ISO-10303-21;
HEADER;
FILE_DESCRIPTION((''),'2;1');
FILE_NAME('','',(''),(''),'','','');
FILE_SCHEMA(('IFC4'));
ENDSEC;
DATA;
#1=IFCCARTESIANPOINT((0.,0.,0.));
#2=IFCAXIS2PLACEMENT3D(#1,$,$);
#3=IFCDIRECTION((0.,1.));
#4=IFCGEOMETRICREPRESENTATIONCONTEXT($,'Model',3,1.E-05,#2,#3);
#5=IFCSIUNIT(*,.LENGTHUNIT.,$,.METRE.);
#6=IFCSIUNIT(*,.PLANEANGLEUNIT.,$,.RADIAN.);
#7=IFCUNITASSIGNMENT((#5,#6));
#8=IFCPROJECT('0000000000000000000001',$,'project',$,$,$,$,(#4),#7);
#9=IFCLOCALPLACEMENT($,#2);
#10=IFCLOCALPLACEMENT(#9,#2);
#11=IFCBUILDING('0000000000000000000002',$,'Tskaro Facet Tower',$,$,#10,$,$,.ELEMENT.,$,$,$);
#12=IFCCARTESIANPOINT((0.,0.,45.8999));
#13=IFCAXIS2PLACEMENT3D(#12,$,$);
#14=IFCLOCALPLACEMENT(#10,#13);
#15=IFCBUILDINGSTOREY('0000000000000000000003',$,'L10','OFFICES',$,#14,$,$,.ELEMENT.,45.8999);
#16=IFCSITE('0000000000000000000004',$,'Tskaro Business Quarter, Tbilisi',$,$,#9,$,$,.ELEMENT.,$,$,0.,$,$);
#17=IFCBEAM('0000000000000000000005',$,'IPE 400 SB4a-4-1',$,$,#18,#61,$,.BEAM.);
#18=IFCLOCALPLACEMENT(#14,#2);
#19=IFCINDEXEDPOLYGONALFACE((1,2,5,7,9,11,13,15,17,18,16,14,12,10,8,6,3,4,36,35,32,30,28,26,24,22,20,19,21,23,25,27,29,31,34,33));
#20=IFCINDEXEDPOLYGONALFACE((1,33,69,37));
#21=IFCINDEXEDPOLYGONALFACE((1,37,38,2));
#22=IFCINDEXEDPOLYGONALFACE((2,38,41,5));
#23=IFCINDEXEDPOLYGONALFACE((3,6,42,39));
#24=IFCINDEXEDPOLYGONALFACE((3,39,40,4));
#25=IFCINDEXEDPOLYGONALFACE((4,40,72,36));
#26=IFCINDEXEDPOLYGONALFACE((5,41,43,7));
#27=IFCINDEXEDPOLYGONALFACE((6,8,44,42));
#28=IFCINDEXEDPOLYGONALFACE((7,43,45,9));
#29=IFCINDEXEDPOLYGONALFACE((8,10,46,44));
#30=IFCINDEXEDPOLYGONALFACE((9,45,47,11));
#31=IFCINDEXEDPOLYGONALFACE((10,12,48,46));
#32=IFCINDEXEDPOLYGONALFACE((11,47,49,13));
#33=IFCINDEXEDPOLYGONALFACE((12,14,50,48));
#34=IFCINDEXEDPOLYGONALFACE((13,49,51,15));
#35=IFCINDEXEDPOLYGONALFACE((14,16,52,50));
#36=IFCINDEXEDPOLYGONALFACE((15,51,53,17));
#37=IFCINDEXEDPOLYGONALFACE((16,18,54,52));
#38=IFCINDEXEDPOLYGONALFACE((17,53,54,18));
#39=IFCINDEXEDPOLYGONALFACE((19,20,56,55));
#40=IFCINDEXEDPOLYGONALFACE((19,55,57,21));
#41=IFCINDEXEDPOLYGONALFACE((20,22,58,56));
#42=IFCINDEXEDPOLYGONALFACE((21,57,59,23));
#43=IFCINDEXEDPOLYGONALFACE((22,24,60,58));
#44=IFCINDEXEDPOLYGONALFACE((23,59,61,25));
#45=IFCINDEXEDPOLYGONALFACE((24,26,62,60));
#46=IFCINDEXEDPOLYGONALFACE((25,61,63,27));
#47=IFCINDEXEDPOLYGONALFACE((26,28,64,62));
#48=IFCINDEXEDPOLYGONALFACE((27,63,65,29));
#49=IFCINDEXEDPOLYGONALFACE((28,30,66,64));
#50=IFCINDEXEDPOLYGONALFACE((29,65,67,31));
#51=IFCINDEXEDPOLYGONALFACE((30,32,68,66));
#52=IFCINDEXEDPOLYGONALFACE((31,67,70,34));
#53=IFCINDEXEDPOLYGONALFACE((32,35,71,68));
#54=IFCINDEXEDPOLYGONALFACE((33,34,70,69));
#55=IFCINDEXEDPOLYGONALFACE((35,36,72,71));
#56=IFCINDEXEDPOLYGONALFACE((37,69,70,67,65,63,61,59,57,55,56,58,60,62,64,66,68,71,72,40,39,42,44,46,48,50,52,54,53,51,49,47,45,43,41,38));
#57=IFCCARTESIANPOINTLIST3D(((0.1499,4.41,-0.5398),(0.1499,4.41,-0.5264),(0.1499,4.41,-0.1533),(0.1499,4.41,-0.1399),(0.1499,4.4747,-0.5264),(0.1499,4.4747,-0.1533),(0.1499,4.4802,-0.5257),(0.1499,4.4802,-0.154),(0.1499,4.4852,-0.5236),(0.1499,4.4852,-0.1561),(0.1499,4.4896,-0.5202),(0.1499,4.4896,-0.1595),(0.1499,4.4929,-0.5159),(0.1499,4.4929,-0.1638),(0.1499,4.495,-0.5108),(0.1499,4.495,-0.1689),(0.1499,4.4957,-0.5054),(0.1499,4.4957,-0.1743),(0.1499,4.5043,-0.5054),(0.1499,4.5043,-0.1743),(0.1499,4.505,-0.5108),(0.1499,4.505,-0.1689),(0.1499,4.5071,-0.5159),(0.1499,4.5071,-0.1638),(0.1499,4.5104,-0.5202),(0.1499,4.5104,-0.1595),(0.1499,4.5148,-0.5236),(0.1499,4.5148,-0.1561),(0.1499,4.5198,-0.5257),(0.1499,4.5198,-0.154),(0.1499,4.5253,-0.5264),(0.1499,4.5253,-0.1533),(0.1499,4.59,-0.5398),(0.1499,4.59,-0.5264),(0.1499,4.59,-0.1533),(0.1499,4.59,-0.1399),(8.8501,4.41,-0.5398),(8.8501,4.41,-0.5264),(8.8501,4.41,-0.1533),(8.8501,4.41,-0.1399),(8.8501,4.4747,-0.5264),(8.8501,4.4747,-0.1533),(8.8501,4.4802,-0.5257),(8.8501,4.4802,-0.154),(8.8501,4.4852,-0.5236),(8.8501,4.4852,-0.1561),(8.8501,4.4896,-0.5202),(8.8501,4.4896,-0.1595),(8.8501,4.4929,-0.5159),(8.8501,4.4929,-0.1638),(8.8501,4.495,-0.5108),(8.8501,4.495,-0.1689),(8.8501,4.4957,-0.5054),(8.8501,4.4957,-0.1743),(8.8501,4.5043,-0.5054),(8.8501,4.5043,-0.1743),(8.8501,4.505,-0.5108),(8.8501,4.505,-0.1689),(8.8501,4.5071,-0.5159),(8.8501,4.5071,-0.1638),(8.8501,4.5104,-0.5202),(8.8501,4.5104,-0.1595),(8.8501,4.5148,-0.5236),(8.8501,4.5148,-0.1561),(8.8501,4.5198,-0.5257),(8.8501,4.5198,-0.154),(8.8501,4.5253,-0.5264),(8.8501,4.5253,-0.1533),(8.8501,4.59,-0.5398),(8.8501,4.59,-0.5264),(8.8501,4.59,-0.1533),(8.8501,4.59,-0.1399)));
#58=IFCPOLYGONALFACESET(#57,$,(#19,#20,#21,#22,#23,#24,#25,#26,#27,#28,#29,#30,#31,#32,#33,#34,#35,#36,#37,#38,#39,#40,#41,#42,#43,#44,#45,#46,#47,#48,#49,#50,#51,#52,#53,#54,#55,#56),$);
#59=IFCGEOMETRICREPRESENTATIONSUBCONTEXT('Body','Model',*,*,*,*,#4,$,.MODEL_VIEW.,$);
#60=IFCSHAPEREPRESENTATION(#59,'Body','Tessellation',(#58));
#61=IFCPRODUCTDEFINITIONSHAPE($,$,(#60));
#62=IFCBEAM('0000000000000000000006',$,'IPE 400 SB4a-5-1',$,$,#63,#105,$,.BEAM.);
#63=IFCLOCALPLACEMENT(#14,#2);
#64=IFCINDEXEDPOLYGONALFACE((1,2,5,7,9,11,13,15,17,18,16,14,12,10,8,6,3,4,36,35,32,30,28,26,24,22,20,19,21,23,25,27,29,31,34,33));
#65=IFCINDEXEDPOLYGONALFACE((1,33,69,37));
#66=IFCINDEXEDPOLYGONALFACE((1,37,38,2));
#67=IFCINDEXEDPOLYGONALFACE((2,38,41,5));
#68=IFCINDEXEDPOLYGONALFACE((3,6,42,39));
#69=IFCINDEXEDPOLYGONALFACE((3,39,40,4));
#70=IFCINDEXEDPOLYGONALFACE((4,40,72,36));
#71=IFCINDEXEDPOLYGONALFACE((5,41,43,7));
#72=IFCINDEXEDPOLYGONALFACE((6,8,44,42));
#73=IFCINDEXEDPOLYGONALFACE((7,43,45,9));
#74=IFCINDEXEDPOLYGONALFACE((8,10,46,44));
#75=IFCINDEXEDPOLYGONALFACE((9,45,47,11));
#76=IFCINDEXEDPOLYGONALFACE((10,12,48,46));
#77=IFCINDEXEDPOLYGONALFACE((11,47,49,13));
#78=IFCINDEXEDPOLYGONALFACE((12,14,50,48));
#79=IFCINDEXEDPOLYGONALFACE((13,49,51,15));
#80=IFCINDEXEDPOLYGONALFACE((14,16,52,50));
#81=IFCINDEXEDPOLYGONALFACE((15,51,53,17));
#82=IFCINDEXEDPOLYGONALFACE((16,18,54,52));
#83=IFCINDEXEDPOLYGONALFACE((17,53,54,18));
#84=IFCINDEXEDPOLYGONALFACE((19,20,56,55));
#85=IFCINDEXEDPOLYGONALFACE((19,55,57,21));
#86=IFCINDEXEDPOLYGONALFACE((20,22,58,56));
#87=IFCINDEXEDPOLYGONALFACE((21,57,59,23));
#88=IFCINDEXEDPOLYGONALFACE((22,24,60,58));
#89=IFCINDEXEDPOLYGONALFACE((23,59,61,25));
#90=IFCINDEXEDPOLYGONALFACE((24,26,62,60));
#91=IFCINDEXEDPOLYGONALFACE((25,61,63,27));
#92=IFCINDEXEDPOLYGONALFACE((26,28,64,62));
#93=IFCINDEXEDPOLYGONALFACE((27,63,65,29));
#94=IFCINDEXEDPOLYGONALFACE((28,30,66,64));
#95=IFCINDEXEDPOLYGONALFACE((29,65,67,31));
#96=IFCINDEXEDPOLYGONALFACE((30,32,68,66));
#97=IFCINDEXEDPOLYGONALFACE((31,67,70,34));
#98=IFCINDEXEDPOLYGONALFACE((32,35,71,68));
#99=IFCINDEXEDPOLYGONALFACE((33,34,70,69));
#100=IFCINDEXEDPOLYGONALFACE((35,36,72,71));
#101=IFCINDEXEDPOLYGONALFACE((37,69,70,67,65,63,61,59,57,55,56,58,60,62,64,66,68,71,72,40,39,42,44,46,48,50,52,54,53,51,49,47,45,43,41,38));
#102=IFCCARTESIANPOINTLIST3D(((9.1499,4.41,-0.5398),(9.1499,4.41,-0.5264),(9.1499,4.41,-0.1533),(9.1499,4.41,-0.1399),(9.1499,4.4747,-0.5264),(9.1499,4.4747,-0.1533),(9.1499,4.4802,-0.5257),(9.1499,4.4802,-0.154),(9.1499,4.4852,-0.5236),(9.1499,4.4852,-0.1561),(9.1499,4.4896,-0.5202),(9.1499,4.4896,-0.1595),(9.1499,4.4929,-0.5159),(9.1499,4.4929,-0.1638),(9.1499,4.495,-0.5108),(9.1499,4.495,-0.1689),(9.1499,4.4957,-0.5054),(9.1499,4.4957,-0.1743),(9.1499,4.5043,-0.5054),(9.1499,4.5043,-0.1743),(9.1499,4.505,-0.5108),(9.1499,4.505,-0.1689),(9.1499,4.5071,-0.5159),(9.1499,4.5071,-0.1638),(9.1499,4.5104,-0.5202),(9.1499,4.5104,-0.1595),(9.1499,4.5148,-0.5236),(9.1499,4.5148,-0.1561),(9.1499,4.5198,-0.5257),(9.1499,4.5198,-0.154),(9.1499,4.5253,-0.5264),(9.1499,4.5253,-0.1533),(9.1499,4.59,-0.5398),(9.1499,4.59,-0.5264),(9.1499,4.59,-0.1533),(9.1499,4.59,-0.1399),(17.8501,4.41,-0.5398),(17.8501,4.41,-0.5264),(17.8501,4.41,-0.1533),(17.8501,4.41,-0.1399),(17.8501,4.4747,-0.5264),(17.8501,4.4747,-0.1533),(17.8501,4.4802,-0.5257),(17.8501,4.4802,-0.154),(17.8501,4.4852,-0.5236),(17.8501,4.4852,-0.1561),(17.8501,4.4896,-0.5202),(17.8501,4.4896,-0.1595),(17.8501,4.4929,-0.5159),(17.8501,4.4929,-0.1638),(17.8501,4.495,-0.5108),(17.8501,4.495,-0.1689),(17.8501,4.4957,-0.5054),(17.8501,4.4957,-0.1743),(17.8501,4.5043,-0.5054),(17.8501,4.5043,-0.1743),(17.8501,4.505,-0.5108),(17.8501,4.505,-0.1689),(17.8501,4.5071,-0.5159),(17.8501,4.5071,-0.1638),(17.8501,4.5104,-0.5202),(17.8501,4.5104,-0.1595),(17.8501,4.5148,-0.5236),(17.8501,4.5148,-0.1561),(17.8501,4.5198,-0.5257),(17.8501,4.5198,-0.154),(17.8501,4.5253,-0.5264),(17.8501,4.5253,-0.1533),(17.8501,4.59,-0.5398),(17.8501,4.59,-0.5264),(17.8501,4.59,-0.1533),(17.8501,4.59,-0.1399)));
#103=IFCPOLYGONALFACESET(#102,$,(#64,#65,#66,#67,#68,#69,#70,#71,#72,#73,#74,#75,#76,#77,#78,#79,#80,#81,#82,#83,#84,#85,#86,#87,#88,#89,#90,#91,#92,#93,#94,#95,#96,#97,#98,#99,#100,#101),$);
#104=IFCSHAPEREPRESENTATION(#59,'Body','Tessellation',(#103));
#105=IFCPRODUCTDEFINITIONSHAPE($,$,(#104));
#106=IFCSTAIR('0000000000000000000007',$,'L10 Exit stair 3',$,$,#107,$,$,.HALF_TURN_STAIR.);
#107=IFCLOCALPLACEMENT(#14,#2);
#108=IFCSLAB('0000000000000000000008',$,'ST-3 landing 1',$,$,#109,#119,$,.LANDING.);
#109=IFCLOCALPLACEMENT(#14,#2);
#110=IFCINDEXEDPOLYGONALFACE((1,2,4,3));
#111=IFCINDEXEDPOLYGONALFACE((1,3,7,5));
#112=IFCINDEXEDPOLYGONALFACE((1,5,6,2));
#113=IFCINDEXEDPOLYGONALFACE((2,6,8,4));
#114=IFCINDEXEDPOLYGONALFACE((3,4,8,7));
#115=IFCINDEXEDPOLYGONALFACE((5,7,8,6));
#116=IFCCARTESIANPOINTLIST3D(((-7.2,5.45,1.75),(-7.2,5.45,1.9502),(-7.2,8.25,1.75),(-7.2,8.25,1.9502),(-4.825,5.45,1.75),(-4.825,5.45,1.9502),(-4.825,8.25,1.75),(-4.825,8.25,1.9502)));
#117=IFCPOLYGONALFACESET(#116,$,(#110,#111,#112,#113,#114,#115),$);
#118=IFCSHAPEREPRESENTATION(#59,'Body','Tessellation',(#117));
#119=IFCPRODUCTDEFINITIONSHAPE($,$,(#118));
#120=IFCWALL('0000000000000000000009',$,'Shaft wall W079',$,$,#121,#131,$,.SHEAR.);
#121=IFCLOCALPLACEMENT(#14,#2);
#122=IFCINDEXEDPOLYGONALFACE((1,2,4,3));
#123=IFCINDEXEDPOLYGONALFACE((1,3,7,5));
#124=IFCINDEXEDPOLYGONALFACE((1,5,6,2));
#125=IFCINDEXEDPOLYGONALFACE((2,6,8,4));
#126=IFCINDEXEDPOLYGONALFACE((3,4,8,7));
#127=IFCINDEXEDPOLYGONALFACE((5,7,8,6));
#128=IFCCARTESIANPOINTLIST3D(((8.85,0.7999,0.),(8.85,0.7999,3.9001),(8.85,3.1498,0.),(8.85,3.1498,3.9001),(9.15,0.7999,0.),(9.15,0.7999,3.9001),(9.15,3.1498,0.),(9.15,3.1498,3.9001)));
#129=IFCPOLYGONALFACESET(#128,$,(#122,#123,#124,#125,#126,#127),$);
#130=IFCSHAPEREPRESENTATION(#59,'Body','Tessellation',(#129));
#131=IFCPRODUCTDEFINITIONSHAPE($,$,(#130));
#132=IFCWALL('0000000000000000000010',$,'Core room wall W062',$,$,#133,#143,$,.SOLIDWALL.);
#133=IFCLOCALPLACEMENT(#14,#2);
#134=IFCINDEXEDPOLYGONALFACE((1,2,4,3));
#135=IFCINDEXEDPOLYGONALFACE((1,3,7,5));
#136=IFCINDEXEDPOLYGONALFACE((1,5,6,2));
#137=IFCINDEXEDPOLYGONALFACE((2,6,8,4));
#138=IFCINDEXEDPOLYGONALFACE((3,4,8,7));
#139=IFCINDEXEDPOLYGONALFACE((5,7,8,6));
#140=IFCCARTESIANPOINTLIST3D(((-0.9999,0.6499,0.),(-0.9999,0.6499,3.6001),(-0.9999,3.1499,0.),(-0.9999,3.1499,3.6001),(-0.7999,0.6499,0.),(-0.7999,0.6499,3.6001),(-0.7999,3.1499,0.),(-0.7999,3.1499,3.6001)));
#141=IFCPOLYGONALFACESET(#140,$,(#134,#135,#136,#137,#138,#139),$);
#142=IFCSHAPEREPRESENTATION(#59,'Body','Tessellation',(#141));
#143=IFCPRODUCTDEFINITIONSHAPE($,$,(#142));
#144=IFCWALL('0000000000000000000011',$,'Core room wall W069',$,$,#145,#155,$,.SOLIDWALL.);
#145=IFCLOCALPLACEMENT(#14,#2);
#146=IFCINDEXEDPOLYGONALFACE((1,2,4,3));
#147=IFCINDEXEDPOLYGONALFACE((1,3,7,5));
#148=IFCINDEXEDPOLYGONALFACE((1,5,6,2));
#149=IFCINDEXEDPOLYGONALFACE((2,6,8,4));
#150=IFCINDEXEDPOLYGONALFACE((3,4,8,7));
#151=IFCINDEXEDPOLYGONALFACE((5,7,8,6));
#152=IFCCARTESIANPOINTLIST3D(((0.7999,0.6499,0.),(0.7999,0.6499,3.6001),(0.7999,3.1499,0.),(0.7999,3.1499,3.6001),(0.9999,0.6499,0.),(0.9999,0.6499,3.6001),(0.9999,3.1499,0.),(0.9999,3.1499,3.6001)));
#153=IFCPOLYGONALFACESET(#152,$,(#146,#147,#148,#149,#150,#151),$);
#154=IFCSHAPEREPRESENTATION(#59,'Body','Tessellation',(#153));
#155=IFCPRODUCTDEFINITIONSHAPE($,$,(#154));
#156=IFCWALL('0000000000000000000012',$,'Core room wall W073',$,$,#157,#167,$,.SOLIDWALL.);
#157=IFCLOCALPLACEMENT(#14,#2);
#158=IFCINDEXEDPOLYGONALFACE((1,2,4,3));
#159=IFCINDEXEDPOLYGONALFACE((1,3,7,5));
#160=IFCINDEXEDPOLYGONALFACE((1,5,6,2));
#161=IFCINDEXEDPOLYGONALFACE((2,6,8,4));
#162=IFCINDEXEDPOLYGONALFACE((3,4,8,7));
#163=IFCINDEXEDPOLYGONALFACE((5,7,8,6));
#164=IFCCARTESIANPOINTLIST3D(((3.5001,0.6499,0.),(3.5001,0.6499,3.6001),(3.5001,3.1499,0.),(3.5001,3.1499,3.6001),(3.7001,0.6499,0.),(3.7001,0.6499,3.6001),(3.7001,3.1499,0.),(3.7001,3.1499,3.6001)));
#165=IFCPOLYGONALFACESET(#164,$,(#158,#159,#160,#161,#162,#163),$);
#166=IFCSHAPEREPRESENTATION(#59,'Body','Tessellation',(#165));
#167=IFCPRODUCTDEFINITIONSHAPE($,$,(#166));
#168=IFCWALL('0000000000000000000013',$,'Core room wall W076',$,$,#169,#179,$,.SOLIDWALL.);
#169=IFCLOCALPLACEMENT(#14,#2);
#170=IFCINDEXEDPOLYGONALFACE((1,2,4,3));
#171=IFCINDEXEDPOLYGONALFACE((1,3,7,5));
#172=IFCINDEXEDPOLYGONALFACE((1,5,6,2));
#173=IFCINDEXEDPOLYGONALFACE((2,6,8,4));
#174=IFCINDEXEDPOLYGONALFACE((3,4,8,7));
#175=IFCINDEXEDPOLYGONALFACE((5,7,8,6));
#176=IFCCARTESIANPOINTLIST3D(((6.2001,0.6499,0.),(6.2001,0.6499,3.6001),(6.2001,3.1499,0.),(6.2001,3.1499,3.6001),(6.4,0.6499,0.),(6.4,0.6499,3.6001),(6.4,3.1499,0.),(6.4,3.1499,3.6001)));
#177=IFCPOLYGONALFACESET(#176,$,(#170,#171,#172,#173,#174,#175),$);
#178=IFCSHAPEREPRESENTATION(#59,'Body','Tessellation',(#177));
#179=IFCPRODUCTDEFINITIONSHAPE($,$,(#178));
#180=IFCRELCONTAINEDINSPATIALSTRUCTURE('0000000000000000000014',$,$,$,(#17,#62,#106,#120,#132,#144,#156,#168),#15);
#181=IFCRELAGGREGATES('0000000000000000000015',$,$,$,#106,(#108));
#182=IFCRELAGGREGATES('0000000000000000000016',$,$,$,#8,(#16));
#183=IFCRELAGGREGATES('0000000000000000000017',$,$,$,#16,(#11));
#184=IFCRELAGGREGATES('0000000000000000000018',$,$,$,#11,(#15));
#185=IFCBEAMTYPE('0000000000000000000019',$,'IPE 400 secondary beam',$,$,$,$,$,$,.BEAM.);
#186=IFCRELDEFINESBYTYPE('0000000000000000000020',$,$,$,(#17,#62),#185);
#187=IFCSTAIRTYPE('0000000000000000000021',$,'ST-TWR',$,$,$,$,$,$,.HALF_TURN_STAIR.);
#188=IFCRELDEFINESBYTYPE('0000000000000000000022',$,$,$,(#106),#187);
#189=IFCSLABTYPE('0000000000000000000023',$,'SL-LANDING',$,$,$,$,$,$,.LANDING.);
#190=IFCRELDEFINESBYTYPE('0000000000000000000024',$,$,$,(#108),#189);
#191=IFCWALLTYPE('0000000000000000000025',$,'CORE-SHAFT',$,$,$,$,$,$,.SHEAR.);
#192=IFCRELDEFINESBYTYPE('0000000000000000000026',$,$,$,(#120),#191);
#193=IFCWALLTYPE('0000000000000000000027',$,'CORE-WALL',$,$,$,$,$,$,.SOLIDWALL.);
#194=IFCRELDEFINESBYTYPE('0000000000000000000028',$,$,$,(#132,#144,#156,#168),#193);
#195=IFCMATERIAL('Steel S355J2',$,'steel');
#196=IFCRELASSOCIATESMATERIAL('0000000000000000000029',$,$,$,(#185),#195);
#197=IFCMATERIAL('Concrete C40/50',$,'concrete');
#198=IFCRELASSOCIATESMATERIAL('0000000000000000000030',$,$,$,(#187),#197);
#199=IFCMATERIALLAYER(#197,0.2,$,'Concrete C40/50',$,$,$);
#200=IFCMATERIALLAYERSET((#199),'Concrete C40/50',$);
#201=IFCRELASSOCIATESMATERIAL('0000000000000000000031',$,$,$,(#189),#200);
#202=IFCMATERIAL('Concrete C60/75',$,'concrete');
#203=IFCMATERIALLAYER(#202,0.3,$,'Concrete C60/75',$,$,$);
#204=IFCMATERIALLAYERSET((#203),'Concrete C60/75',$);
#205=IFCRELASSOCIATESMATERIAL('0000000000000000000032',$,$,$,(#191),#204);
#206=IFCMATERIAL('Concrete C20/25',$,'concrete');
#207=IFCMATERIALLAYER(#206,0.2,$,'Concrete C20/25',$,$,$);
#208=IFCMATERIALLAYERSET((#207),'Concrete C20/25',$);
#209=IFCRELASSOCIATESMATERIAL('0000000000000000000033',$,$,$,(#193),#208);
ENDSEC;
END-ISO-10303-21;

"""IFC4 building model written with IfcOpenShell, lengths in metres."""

from ifc_helpers import new_model, si_unit, direction, frame, frame_2d, origin, origin_2d, place, context, subcontext, project, spatial, polyline, rectangle, i_section, outline, extrude, material, layer, layer_set, material_profile, profile_set, type_object, element, aggregate, save


model = new_model("IFC4")

# Units and contexts
model_context = context("Model", 3, precision=1e-05, world=origin(), true_north=direction((0.0, 1.0)))
body_context = subcontext(model_context, "Body", "Model", "MODEL_VIEW")
ifc_project = project(units=[si_unit("LENGTHUNIT", "METRE"), si_unit("PLANEANGLEUNIT", "RADIAN")], contexts=[model_context])

# Site, building, storey
site_placement = place(None, origin())
site = spatial("IfcSite", under=ifc_project, at=site_placement, Name="Tskaro Business Quarter, Tbilisi", CompositionType="ELEMENT", RefElevation=0.0)
building_placement = place(site_placement, origin())
building = spatial("IfcBuilding", under=site, at=building_placement, Name="Tskaro Facet Tower", CompositionType="ELEMENT")
storey_placement = place(building_placement, frame((0.0, 0.0, 45.8999)))
storey = spatial("IfcBuildingStorey", under=building, at=storey_placement, Name="L10", Description="OFFICES", CompositionType="ELEMENT", Elevation=45.8999)

# Beams
ifc_material_1 = material(Name="Steel S355J2", Category="steel")
ifc_material_profile_1 = material_profile(ifc_material_1, i_section(OverallWidth=0.1799, OverallDepth=0.3999, WebThickness=0.0085, FlangeThickness=0.0134, FilletRadius=0.021, at=origin_2d()), Name="IPE 400")
ifc_profile_set_1 = profile_set([ifc_material_profile_1], Name="Steel S355J2")
beam_type_1 = type_object("IfcBeamType", Name="IPE 400 secondary beam", PredefinedType="BEAM", material=ifc_profile_set_1)
for number, where, z_axis, x_axis, name in (
    (1, (0.1499, 4.5, -0.3398), (1.0, 0.0, 0.0), (0.0, 1.0, 0.0), "IPE 400 SB4a-4-1"),
    (2, (9.1499, 4.5, -0.3398), (1.0, 0.0, 0.0), (0.0, 1.0, 0.0), "IPE 400 SB4a-5-1"),
):
    element("IfcBeam", number, at=place(storey_placement, frame(where, z_axis=z_axis, x_axis=x_axis)), inside=storey, type_object=beam_type_1, Name=name, PredefinedType="BEAM", context=body_context, shape_type="SweptSolid", body=[
        extrude(i_section(OverallWidth=0.1799, OverallDepth=0.3999, WebThickness=0.0085, FlangeThickness=0.0134, FilletRadius=0.021, at=origin_2d()), origin(), (0.0, 0.0, 1.0), 8.7002),
    ])

# Stair, slab
ifc_material_2 = material(Name="Concrete C40/50", Category="concrete")
stair_type = type_object("IfcStairType", Name="ST-TWR", PredefinedType="HALF_TURN_STAIR", material=ifc_material_2)
stair_placement = place(storey_placement, origin())
stair = element("IfcStair", 3, at=stair_placement, inside=storey, type_object=stair_type, Name="L10 Exit stair 3", PredefinedType="HALF_TURN_STAIR")
ifc_layer_1 = layer(ifc_material_2, 0.2, Name="Concrete C40/50")
ifc_layer_set_1 = layer_set([ifc_layer_1], Name="Concrete C40/50")
slab_type = type_object("IfcSlabType", Name="SL-LANDING", PredefinedType="LANDING", material=ifc_layer_set_1)
slab_placement = place(storey_placement, frame((0.0, 0.0, 1.75)))
slab = element("IfcSlab", 4, at=slab_placement, type_object=slab_type, Name="ST-3 landing 1", PredefinedType="LANDING", context=body_context, shape_type="SweptSolid", body=[
    extrude(outline(polyline([(-7.2, 5.45), (-4.825, 5.45), (-4.825, 8.25), (-7.2, 8.25), (-7.2, 5.45)])), origin(), (0.0, 0.0, 1.0), 0.2002),
])

# Walls
ifc_material_3 = material(Name="Concrete C60/75", Category="concrete")
ifc_layer_2 = layer(ifc_material_3, 0.3, Name="Concrete C60/75")
ifc_layer_set_2 = layer_set([ifc_layer_2], Name="Concrete C60/75")
wall_type_1 = type_object("IfcWallType", Name="CORE-SHAFT", PredefinedType="SHEAR", material=ifc_layer_set_2)
wall_1_placement = place(storey_placement, frame((9.0, 0.8, 0.0), z_axis=(0.0, 0.0, 1.0), x_axis=(0.0, 1.0, 0.0)))
element("IfcWall", 5, at=wall_1_placement, inside=storey, type_object=wall_type_1, Name="Shaft wall W079", PredefinedType="SHEAR", context=body_context, shape_type="SweptSolid", body=[
    extrude(rectangle(XDim=2.3499, YDim=0.3, at=frame_2d((1.1748, 0.0))), origin(), (0.0, 0.0, 1.0), 3.9001),
])
ifc_material_4 = material(Name="Concrete C20/25", Category="concrete")
ifc_layer_3 = layer(ifc_material_4, 0.2, Name="Concrete C20/25")
ifc_layer_set_3 = layer_set([ifc_layer_3], Name="Concrete C20/25")
wall_type_2 = type_object("IfcWallType", Name="CORE-WALL", PredefinedType="SOLIDWALL", material=ifc_layer_set_3)
for number, where, z_axis, x_axis, name in (
    (6, (-0.8999, 0.6499, 0.0), (0.0, 0.0, 1.0), (0.0, 1.0, 0.0), "Core room wall W062"),
    (7, (0.8999, 0.6499, 0.0), (0.0, 0.0, 1.0), (0.0, 1.0, 0.0), "Core room wall W069"),
    (8, (3.6001, 0.6499, 0.0), (0.0, 0.0, 1.0), (0.0, 1.0, 0.0), "Core room wall W073"),
    (9, (6.3, 0.6499, 0.0), (0.0, 0.0, 1.0), (0.0, 1.0, 0.0), "Core room wall W076"),
):
    element("IfcWall", number, at=place(storey_placement, frame(where, z_axis=z_axis, x_axis=x_axis)), inside=storey, type_object=wall_type_2, Name=name, PredefinedType="SOLIDWALL", context=body_context, shape_type="SweptSolid", body=[
        extrude(rectangle(XDim=2.5, YDim=0.2, at=frame_2d((1.25, 0.0))), origin(), (0.0, 0.0, 1.0), 3.6001),
    ])

aggregate(stair, [slab])

save(model, "model.ifc")
